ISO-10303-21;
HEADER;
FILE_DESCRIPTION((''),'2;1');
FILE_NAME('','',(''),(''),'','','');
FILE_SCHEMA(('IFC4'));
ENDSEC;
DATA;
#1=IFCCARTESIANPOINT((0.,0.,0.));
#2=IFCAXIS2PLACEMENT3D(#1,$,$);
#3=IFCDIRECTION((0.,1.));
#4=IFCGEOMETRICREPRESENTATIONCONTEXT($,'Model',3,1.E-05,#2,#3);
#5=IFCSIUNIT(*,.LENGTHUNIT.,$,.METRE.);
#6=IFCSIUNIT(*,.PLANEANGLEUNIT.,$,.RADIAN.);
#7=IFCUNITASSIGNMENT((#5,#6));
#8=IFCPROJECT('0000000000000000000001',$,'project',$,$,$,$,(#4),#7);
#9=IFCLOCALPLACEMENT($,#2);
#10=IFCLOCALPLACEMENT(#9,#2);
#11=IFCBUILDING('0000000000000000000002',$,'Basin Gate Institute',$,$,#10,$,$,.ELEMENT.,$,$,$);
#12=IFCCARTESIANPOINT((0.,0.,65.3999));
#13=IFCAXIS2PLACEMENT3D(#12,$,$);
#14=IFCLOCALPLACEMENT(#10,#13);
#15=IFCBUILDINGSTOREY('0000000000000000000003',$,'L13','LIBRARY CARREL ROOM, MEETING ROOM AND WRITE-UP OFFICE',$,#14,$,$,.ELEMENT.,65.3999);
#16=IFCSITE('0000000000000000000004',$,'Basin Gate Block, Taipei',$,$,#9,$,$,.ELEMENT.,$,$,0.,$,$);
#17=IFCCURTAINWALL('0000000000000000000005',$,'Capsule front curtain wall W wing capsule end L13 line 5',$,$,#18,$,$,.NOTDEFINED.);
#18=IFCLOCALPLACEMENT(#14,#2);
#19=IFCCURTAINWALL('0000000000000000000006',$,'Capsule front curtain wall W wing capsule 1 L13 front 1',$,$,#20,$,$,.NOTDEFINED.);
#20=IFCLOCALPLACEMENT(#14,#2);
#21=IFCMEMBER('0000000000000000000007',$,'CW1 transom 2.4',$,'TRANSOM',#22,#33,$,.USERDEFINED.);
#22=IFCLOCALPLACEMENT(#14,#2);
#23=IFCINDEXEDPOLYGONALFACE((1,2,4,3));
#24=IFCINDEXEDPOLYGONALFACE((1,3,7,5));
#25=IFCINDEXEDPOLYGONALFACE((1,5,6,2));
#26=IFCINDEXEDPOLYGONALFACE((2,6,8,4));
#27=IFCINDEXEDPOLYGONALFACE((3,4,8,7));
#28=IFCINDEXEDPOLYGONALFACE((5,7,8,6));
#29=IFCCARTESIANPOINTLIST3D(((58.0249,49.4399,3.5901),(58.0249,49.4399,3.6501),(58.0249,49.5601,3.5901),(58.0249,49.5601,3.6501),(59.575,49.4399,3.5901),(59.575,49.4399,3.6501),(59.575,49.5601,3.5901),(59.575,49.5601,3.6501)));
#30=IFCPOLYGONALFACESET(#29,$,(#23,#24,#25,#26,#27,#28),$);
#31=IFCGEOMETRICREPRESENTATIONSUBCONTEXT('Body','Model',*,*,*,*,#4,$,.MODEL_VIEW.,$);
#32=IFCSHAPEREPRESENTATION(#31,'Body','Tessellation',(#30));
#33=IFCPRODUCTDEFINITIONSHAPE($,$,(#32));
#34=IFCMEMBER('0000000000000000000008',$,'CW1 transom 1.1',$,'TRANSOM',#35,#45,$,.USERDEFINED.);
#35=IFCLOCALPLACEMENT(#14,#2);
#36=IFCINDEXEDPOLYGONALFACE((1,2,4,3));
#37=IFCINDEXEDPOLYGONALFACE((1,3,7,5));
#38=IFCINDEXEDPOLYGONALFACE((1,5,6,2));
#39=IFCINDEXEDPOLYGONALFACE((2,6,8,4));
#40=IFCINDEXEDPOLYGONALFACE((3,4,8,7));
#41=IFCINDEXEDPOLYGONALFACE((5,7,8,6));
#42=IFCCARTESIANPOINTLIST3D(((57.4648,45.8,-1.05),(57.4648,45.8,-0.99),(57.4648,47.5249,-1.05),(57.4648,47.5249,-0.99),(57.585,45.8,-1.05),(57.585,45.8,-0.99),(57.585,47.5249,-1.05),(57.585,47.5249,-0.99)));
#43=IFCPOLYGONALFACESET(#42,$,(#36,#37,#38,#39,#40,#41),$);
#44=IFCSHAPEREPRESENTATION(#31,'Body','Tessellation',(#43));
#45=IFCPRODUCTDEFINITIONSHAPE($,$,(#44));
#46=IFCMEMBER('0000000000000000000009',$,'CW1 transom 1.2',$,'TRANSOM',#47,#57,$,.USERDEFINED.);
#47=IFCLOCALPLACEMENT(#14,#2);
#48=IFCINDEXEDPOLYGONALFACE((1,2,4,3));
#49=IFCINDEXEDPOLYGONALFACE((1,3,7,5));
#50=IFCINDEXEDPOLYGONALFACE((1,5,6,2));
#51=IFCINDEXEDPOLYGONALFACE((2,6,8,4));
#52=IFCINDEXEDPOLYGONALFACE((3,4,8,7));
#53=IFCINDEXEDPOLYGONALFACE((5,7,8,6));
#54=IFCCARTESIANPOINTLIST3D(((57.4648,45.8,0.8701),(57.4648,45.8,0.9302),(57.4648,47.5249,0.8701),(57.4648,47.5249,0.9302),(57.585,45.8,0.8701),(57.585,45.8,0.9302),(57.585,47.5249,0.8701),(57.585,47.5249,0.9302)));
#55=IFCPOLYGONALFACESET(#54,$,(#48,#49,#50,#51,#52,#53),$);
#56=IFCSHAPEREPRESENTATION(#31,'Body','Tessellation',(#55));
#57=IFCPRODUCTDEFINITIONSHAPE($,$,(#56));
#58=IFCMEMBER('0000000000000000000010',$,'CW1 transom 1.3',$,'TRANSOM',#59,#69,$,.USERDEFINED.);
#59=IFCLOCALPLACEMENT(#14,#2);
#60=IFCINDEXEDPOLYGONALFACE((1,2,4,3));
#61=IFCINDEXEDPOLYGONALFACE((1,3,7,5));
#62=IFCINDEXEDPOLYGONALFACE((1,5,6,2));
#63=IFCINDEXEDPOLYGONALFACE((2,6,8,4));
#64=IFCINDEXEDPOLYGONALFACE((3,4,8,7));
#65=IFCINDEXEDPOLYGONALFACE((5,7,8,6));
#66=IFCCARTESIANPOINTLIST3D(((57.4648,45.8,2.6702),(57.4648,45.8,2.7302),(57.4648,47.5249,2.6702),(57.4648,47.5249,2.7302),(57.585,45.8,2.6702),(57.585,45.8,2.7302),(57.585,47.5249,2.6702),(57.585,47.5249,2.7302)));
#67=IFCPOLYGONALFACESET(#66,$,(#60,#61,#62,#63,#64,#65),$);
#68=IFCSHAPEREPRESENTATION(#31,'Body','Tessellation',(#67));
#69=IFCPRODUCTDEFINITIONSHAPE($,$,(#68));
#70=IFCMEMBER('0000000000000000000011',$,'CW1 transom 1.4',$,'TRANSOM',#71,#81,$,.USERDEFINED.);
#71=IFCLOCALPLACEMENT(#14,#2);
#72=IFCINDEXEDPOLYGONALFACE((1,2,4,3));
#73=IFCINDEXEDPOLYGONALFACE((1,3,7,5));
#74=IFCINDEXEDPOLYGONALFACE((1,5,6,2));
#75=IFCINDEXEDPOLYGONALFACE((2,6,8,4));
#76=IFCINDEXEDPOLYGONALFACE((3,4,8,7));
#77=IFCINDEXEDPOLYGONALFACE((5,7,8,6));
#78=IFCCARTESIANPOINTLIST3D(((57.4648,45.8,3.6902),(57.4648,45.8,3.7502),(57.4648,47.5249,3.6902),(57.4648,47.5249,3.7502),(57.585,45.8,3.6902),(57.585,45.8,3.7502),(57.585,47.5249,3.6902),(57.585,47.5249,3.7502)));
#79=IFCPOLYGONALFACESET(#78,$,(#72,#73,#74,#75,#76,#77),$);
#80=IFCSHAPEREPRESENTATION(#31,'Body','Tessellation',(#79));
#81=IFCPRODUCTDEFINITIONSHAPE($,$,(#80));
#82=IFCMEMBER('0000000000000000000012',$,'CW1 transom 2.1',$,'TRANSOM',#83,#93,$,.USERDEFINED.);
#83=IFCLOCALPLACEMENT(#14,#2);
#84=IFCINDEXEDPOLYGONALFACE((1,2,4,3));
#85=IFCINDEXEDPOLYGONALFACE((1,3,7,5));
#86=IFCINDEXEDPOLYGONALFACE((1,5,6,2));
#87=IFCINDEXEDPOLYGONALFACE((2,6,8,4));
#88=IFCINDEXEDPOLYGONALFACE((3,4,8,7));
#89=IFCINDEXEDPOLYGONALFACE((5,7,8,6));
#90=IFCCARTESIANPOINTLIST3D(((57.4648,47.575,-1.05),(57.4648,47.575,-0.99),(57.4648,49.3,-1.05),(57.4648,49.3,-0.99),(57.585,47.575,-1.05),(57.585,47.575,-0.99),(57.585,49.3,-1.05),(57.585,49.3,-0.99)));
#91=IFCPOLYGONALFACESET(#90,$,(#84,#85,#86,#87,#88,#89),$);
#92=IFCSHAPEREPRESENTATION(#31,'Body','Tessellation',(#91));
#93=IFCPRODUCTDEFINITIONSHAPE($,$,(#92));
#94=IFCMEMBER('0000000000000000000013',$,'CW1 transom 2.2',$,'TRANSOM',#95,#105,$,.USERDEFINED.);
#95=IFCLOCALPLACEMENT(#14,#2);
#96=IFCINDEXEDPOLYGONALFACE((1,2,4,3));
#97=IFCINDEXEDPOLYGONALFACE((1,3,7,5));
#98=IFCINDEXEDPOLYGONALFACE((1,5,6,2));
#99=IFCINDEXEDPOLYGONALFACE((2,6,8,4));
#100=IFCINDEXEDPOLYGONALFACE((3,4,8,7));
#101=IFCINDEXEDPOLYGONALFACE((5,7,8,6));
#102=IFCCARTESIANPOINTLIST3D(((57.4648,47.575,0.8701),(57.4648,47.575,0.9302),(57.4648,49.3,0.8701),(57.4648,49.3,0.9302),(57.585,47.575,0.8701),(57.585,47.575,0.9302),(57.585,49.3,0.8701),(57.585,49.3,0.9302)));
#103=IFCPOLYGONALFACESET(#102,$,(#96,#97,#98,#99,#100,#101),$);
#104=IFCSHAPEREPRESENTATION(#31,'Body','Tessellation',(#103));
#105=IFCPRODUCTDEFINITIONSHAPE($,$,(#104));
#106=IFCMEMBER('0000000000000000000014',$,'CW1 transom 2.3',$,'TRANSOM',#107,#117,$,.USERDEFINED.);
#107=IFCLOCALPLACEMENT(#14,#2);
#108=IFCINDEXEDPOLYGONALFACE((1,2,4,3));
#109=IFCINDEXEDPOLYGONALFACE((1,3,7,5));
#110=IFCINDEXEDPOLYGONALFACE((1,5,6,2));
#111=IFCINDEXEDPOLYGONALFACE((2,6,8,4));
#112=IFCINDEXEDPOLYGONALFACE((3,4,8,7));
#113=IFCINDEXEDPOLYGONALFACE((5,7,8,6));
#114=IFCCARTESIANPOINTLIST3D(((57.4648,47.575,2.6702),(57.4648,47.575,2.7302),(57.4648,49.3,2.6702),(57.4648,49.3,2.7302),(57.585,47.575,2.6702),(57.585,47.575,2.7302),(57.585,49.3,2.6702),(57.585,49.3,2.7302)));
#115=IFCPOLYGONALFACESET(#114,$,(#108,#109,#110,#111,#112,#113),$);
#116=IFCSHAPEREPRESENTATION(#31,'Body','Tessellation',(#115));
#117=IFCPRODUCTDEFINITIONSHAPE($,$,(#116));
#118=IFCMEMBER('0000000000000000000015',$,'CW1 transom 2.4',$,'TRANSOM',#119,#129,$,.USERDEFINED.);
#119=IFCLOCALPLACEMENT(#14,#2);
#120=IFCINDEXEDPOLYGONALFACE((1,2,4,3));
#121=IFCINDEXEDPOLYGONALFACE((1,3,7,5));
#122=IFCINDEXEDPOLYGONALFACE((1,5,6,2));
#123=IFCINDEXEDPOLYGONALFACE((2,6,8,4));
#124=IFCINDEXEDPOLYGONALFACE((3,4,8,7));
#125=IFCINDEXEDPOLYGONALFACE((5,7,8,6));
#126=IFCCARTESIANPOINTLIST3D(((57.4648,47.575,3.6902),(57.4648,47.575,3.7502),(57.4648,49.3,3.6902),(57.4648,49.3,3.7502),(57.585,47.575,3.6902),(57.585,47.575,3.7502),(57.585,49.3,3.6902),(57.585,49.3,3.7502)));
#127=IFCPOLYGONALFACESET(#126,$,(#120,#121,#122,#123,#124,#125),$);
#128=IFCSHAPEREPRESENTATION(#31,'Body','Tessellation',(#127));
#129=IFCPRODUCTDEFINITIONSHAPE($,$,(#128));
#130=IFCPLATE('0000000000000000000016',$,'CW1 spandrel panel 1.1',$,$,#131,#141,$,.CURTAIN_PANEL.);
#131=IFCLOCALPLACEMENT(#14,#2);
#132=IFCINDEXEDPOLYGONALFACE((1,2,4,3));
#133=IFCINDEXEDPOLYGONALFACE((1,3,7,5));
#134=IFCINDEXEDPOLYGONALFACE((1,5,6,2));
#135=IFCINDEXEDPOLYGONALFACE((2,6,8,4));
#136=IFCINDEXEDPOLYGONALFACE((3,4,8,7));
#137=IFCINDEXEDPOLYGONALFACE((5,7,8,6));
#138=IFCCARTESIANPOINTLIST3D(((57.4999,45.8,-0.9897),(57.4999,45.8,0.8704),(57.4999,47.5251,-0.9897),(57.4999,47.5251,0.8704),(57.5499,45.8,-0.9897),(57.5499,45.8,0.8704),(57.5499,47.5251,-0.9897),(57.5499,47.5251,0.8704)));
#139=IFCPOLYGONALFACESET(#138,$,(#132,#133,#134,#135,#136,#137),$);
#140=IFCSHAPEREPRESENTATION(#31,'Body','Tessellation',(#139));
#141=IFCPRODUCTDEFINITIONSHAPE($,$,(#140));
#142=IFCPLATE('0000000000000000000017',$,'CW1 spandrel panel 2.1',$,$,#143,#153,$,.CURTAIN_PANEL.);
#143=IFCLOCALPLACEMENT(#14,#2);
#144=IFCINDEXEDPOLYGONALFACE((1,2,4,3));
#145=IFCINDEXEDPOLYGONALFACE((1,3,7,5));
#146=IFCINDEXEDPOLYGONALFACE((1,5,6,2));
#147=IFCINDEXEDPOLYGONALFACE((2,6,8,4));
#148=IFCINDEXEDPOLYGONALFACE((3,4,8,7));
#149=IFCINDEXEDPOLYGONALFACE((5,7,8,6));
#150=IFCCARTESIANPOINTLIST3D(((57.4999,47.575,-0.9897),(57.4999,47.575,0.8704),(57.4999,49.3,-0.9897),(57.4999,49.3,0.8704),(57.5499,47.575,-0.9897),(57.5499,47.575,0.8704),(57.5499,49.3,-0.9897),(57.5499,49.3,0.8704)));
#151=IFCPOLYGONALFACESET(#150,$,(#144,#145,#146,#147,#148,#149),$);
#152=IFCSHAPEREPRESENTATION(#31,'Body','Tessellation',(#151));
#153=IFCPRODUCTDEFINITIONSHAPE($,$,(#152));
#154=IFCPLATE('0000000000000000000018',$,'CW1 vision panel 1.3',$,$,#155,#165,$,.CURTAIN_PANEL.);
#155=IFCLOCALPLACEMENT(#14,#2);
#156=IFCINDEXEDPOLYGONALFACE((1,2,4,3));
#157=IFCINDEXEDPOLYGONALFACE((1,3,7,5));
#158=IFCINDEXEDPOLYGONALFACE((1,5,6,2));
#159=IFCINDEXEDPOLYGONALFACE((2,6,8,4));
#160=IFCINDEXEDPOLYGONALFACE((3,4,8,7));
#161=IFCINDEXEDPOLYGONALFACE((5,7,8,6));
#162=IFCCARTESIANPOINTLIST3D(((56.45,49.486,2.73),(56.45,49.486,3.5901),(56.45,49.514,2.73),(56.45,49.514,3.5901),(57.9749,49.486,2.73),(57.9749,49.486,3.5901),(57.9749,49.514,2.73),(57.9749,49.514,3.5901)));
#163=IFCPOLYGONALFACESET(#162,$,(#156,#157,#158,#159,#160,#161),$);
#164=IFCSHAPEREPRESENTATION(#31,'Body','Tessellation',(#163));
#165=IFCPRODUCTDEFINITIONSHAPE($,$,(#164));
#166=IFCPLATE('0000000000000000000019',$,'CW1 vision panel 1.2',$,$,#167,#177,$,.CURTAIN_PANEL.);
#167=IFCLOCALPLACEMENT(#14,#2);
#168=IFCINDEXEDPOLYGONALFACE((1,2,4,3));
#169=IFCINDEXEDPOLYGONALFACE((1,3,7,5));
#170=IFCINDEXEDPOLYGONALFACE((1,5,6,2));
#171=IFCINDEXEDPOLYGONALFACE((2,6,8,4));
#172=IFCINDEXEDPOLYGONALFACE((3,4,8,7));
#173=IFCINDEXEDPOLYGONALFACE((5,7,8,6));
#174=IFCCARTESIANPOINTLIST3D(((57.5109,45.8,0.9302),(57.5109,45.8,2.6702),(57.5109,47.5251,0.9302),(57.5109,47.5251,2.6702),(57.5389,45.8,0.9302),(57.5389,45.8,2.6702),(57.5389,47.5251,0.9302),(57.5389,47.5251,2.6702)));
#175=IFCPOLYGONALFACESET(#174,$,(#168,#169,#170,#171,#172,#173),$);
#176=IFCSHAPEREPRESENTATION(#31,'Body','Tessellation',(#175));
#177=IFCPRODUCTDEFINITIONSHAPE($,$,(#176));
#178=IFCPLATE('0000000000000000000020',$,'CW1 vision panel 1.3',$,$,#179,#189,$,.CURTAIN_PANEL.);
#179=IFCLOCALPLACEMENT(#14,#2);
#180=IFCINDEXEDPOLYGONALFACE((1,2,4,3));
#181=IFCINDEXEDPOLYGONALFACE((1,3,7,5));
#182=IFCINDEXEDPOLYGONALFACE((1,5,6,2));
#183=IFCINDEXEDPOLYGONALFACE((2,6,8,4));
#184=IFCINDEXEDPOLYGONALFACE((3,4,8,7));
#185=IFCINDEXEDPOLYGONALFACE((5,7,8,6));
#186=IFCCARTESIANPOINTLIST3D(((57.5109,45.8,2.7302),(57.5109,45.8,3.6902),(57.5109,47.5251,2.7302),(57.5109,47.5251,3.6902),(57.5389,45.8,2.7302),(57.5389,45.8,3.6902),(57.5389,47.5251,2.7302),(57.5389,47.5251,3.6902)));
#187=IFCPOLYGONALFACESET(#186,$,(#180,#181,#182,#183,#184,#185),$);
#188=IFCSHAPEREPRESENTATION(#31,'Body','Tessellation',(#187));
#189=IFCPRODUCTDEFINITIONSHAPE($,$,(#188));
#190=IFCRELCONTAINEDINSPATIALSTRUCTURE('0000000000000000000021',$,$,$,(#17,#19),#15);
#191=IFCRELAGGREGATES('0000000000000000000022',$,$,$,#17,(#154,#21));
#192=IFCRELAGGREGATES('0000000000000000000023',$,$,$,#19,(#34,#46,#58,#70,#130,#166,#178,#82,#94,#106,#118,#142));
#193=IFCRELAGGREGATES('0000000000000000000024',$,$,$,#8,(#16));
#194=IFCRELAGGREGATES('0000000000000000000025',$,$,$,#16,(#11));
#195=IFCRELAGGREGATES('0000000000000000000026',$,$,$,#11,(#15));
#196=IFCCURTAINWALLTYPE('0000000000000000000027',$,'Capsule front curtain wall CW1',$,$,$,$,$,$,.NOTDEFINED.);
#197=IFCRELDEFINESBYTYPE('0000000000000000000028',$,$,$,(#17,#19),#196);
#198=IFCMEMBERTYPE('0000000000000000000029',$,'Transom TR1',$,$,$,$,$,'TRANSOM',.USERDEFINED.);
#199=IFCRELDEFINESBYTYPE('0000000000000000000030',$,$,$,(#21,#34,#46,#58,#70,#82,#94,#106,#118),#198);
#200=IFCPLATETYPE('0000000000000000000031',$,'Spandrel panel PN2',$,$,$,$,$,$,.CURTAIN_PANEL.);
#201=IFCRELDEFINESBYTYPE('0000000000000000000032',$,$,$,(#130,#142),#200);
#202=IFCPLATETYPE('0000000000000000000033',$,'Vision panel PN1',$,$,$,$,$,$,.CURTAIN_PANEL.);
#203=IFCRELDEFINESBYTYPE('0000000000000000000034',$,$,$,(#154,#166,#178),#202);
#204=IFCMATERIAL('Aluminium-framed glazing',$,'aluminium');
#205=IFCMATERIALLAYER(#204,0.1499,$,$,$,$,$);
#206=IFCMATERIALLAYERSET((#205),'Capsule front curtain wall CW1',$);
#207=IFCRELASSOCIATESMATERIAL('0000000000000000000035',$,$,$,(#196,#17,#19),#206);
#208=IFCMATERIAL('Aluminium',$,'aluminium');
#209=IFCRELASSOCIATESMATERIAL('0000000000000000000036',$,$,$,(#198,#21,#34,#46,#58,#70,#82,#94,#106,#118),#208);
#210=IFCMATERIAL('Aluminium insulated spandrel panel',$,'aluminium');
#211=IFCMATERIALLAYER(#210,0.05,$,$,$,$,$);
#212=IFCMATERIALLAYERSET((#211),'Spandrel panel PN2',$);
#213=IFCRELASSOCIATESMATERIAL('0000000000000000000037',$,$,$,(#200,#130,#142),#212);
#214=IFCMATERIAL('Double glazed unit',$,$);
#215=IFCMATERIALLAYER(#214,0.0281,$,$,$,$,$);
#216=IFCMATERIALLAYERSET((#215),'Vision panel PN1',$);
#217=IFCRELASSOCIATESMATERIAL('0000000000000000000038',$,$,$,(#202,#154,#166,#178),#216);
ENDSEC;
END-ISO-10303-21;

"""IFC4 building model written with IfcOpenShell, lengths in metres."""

from ifc_helpers import new_model, si_unit, direction, frame, origin, origin_2d, place, context, subcontext, project, spatial, rectangle, extrude, material, layer, layer_set, material_profile, profile_set, type_object, element, aggregate, save


model = new_model("IFC4")

# Units and contexts
model_context = context("Model", 3, precision=1e-05, world=origin(), true_north=direction((0.0, 1.0)))
body_context = subcontext(model_context, "Body", "Model", "MODEL_VIEW")
ifc_project = project(units=[si_unit("LENGTHUNIT", "METRE"), si_unit("PLANEANGLEUNIT", "RADIAN")], contexts=[model_context])

# Site, building, storey
site_placement = place(None, origin())
site = spatial("IfcSite", under=ifc_project, at=site_placement, Name="Basin Gate Block, Taipei", CompositionType="ELEMENT", RefElevation=0.0)
building_placement = place(site_placement, origin())
building = spatial("IfcBuilding", under=site, at=building_placement, Name="Basin Gate Institute", CompositionType="ELEMENT")
storey_placement = place(building_placement, frame((0.0, 0.0, 65.3999)))
storey = spatial("IfcBuildingStorey", under=building, at=storey_placement, Name="L13", Description="LIBRARY CARREL ROOM, MEETING ROOM AND WRITE-UP OFFICE", CompositionType="ELEMENT", Elevation=65.3999)

# Curtain wall
ifc_material_1 = material(Name="Aluminium-framed glazing", Category="aluminium")
ifc_layer_1 = layer(ifc_material_1, 0.1499)
ifc_layer_set_1 = layer_set([ifc_layer_1], Name="Capsule front curtain wall CW1")
curtain_wall_type = type_object("IfcCurtainWallType", Name="Capsule front curtain wall CW1", PredefinedType="NOTDEFINED", material=ifc_layer_set_1)
curtain_wall_1_placement = place(storey_placement, origin())
curtain_wall_1 = element("IfcCurtainWall", 1, at=curtain_wall_1_placement, inside=storey, type_object=curtain_wall_type, material=ifc_layer_set_1, Name="Capsule front curtain wall W wing capsule end L13 line 5", PredefinedType="NOTDEFINED")

# Curtain wall
curtain_wall_2_placement = place(storey_placement, origin())
curtain_wall_2 = element("IfcCurtainWall", 2, at=curtain_wall_2_placement, inside=storey, type_object=curtain_wall_type, material=ifc_layer_set_1, Name="Capsule front curtain wall W wing capsule 1 L13 front 1", PredefinedType="NOTDEFINED")

# Members
ifc_material_2 = material(Name="Aluminium", Category="aluminium")
ifc_material_profile_1 = material_profile(ifc_material_2, rectangle(XDim=0.1201, YDim=0.0601, at=origin_2d()), Name="Transom TR1 120 x 60")
ifc_profile_set_1 = profile_set([ifc_material_profile_1], Name="Aluminium")
member_type_1 = type_object("IfcMemberType", Name="Transom TR1", ElementType="TRANSOM", PredefinedType="USERDEFINED", material=ifc_profile_set_1)
member_1_placement = place(storey_placement, frame((58.0249, 49.5, 3.6201), z_axis=(1.0, 0.0, 0.0), x_axis=(0.0, 1.0, 0.0)))
member_1 = element("IfcMember", 3, at=member_1_placement, type_object=member_type_1, material=ifc_profile_set_1, Name="CW1 transom 2.4", ObjectType="TRANSOM", PredefinedType="USERDEFINED", context=body_context, shape_type="SweptSolid", body=[
    extrude(rectangle(XDim=0.1201, YDim=0.0601, at=origin_2d()), origin(), (0.0, 0.0, 1.0), 1.55),
])
member_2_placement = place(storey_placement, frame((57.5249, 45.8, -1.02), z_axis=(0.0, 1.0, 0.0), x_axis=(-1.0, 0.0, 0.0)))
member_2 = element("IfcMember", 4, at=member_2_placement, type_object=member_type_1, material=ifc_profile_set_1, Name="CW1 transom 1.1", ObjectType="TRANSOM", PredefinedType="USERDEFINED", context=body_context, shape_type="SweptSolid", body=[
    extrude(rectangle(XDim=0.1201, YDim=0.0601, at=origin_2d()), origin(), (0.0, 0.0, 1.0), 1.7249),
])
member_3_placement = place(storey_placement, frame((57.5249, 45.8, 0.9001), z_axis=(0.0, 1.0, 0.0), x_axis=(-1.0, 0.0, 0.0)))
member_3 = element("IfcMember", 5, at=member_3_placement, type_object=member_type_1, material=ifc_profile_set_1, Name="CW1 transom 1.2", ObjectType="TRANSOM", PredefinedType="USERDEFINED", context=body_context, shape_type="SweptSolid", body=[
    extrude(rectangle(XDim=0.1201, YDim=0.0601, at=origin_2d()), origin(), (0.0, 0.0, 1.0), 1.7249),
])
member_4_placement = place(storey_placement, frame((57.5249, 45.8, 2.7002), z_axis=(0.0, 1.0, 0.0), x_axis=(-1.0, 0.0, 0.0)))
member_4 = element("IfcMember", 6, at=member_4_placement, type_object=member_type_1, material=ifc_profile_set_1, Name="CW1 transom 1.3", ObjectType="TRANSOM", PredefinedType="USERDEFINED", context=body_context, shape_type="SweptSolid", body=[
    extrude(rectangle(XDim=0.1201, YDim=0.0601, at=origin_2d()), origin(), (0.0, 0.0, 1.0), 1.7249),
])
member_5_placement = place(storey_placement, frame((57.5249, 45.8, 3.7202), z_axis=(0.0, 1.0, 0.0), x_axis=(-1.0, 0.0, 0.0)))
member_5 = element("IfcMember", 7, at=member_5_placement, type_object=member_type_1, material=ifc_profile_set_1, Name="CW1 transom 1.4", ObjectType="TRANSOM", PredefinedType="USERDEFINED", context=body_context, shape_type="SweptSolid", body=[
    extrude(rectangle(XDim=0.1201, YDim=0.0601, at=origin_2d()), origin(), (0.0, 0.0, 1.0), 1.7249),
])
member_6_placement = place(storey_placement, frame((57.5249, 47.575, -1.02), z_axis=(0.0, 1.0, 0.0), x_axis=(-1.0, 0.0, 0.0)))
member_6 = element("IfcMember", 8, at=member_6_placement, type_object=member_type_1, material=ifc_profile_set_1, Name="CW1 transom 2.1", ObjectType="TRANSOM", PredefinedType="USERDEFINED", context=body_context, shape_type="SweptSolid", body=[
    extrude(rectangle(XDim=0.1201, YDim=0.0601, at=origin_2d()), origin(), (0.0, 0.0, 1.0), 1.7251),
])
member_7_placement = place(storey_placement, frame((57.5249, 47.575, 0.9001), z_axis=(0.0, 1.0, 0.0), x_axis=(-1.0, 0.0, 0.0)))
member_7 = element("IfcMember", 9, at=member_7_placement, type_object=member_type_1, material=ifc_profile_set_1, Name="CW1 transom 2.2", ObjectType="TRANSOM", PredefinedType="USERDEFINED", context=body_context, shape_type="SweptSolid", body=[
    extrude(rectangle(XDim=0.1201, YDim=0.0601, at=origin_2d()), origin(), (0.0, 0.0, 1.0), 1.7251),
])
member_8_placement = place(storey_placement, frame((57.5249, 47.575, 2.7002), z_axis=(0.0, 1.0, 0.0), x_axis=(-1.0, 0.0, 0.0)))
member_8 = element("IfcMember", 10, at=member_8_placement, type_object=member_type_1, material=ifc_profile_set_1, Name="CW1 transom 2.3", ObjectType="TRANSOM", PredefinedType="USERDEFINED", context=body_context, shape_type="SweptSolid", body=[
    extrude(rectangle(XDim=0.1201, YDim=0.0601, at=origin_2d()), origin(), (0.0, 0.0, 1.0), 1.7251),
])
member_9_placement = place(storey_placement, frame((57.5249, 47.575, 3.7202), z_axis=(0.0, 1.0, 0.0), x_axis=(-1.0, 0.0, 0.0)))
member_9 = element("IfcMember", 11, at=member_9_placement, type_object=member_type_1, material=ifc_profile_set_1, Name="CW1 transom 2.4", ObjectType="TRANSOM", PredefinedType="USERDEFINED", context=body_context, shape_type="SweptSolid", body=[
    extrude(rectangle(XDim=0.1201, YDim=0.0601, at=origin_2d()), origin(), (0.0, 0.0, 1.0), 1.7251),
])

# Plates
ifc_material_3 = material(Name="Aluminium insulated spandrel panel", Category="aluminium")
ifc_layer_2 = layer(ifc_material_3, 0.05)
ifc_layer_set_2 = layer_set([ifc_layer_2], Name="Spandrel panel PN2")
plate_type_1 = type_object("IfcPlateType", Name="Spandrel panel PN2", PredefinedType="CURTAIN_PANEL", material=ifc_layer_set_2)
plate_1_placement = place(storey_placement, frame((57.5249, 46.6626, -0.9897), z_axis=(0.0, 0.0, 1.0), x_axis=(0.0, 1.0, 0.0)))
plate_1 = element("IfcPlate", 12, at=plate_1_placement, type_object=plate_type_1, material=ifc_layer_set_2, Name="CW1 spandrel panel 1.1", PredefinedType="CURTAIN_PANEL", context=body_context, shape_type="SweptSolid", body=[
    extrude(rectangle(XDim=1.7251, YDim=0.05, at=origin_2d()), origin(), (0.0, 0.0, 1.0), 1.8601),
])
plate_2_placement = place(storey_placement, frame((57.5249, 48.4375, -0.9897), z_axis=(0.0, 0.0, 1.0), x_axis=(0.0, 1.0, 0.0)))
plate_2 = element("IfcPlate", 13, at=plate_2_placement, type_object=plate_type_1, material=ifc_layer_set_2, Name="CW1 spandrel panel 2.1", PredefinedType="CURTAIN_PANEL", context=body_context, shape_type="SweptSolid", body=[
    extrude(rectangle(XDim=1.7251, YDim=0.05, at=origin_2d()), origin(), (0.0, 0.0, 1.0), 1.8601),
])
ifc_material_4 = material(Name="Double glazed unit")
ifc_layer_3 = layer(ifc_material_4, 0.0281)
ifc_layer_set_3 = layer_set([ifc_layer_3], Name="Vision panel PN1")
plate_type_2 = type_object("IfcPlateType", Name="Vision panel PN1", PredefinedType="CURTAIN_PANEL", material=ifc_layer_set_3)
plate_3_placement = place(storey_placement, frame((57.2124, 49.5, 2.73), z_axis=(0.0, 0.0, 1.0), x_axis=(1.0, 0.0, 0.0)))
plate_3 = element("IfcPlate", 14, at=plate_3_placement, type_object=plate_type_2, material=ifc_layer_set_3, Name="CW1 vision panel 1.3", PredefinedType="CURTAIN_PANEL", context=body_context, shape_type="SweptSolid", body=[
    extrude(rectangle(XDim=1.5249, YDim=0.0281, at=origin_2d()), origin(), (0.0, 0.0, 1.0), 0.8601),
])
aggregate(curtain_wall_1, [plate_3, member_1])
plate_4_placement = place(storey_placement, frame((57.5249, 46.6626, 0.9302), z_axis=(0.0, 0.0, 1.0), x_axis=(0.0, 1.0, 0.0)))
plate_4 = element("IfcPlate", 15, at=plate_4_placement, type_object=plate_type_2, material=ifc_layer_set_3, Name="CW1 vision panel 1.2", PredefinedType="CURTAIN_PANEL", context=body_context, shape_type="SweptSolid", body=[
    extrude(rectangle(XDim=1.7251, YDim=0.0281, at=origin_2d()), origin(), (0.0, 0.0, 1.0), 1.74),
])
plate_5_placement = place(storey_placement, frame((57.5249, 46.6626, 2.7302), z_axis=(0.0, 0.0, 1.0), x_axis=(0.0, 1.0, 0.0)))
plate_5 = element("IfcPlate", 16, at=plate_5_placement, type_object=plate_type_2, material=ifc_layer_set_3, Name="CW1 vision panel 1.3", PredefinedType="CURTAIN_PANEL", context=body_context, shape_type="SweptSolid", body=[
    extrude(rectangle(XDim=1.7251, YDim=0.0281, at=origin_2d()), origin(), (0.0, 0.0, 1.0), 0.96),
])
aggregate(curtain_wall_2, [member_2, member_3, member_4, member_5, plate_1, plate_4, plate_5, member_6, member_7, member_8, member_9, plate_2])

save(model, "model.ifc")
